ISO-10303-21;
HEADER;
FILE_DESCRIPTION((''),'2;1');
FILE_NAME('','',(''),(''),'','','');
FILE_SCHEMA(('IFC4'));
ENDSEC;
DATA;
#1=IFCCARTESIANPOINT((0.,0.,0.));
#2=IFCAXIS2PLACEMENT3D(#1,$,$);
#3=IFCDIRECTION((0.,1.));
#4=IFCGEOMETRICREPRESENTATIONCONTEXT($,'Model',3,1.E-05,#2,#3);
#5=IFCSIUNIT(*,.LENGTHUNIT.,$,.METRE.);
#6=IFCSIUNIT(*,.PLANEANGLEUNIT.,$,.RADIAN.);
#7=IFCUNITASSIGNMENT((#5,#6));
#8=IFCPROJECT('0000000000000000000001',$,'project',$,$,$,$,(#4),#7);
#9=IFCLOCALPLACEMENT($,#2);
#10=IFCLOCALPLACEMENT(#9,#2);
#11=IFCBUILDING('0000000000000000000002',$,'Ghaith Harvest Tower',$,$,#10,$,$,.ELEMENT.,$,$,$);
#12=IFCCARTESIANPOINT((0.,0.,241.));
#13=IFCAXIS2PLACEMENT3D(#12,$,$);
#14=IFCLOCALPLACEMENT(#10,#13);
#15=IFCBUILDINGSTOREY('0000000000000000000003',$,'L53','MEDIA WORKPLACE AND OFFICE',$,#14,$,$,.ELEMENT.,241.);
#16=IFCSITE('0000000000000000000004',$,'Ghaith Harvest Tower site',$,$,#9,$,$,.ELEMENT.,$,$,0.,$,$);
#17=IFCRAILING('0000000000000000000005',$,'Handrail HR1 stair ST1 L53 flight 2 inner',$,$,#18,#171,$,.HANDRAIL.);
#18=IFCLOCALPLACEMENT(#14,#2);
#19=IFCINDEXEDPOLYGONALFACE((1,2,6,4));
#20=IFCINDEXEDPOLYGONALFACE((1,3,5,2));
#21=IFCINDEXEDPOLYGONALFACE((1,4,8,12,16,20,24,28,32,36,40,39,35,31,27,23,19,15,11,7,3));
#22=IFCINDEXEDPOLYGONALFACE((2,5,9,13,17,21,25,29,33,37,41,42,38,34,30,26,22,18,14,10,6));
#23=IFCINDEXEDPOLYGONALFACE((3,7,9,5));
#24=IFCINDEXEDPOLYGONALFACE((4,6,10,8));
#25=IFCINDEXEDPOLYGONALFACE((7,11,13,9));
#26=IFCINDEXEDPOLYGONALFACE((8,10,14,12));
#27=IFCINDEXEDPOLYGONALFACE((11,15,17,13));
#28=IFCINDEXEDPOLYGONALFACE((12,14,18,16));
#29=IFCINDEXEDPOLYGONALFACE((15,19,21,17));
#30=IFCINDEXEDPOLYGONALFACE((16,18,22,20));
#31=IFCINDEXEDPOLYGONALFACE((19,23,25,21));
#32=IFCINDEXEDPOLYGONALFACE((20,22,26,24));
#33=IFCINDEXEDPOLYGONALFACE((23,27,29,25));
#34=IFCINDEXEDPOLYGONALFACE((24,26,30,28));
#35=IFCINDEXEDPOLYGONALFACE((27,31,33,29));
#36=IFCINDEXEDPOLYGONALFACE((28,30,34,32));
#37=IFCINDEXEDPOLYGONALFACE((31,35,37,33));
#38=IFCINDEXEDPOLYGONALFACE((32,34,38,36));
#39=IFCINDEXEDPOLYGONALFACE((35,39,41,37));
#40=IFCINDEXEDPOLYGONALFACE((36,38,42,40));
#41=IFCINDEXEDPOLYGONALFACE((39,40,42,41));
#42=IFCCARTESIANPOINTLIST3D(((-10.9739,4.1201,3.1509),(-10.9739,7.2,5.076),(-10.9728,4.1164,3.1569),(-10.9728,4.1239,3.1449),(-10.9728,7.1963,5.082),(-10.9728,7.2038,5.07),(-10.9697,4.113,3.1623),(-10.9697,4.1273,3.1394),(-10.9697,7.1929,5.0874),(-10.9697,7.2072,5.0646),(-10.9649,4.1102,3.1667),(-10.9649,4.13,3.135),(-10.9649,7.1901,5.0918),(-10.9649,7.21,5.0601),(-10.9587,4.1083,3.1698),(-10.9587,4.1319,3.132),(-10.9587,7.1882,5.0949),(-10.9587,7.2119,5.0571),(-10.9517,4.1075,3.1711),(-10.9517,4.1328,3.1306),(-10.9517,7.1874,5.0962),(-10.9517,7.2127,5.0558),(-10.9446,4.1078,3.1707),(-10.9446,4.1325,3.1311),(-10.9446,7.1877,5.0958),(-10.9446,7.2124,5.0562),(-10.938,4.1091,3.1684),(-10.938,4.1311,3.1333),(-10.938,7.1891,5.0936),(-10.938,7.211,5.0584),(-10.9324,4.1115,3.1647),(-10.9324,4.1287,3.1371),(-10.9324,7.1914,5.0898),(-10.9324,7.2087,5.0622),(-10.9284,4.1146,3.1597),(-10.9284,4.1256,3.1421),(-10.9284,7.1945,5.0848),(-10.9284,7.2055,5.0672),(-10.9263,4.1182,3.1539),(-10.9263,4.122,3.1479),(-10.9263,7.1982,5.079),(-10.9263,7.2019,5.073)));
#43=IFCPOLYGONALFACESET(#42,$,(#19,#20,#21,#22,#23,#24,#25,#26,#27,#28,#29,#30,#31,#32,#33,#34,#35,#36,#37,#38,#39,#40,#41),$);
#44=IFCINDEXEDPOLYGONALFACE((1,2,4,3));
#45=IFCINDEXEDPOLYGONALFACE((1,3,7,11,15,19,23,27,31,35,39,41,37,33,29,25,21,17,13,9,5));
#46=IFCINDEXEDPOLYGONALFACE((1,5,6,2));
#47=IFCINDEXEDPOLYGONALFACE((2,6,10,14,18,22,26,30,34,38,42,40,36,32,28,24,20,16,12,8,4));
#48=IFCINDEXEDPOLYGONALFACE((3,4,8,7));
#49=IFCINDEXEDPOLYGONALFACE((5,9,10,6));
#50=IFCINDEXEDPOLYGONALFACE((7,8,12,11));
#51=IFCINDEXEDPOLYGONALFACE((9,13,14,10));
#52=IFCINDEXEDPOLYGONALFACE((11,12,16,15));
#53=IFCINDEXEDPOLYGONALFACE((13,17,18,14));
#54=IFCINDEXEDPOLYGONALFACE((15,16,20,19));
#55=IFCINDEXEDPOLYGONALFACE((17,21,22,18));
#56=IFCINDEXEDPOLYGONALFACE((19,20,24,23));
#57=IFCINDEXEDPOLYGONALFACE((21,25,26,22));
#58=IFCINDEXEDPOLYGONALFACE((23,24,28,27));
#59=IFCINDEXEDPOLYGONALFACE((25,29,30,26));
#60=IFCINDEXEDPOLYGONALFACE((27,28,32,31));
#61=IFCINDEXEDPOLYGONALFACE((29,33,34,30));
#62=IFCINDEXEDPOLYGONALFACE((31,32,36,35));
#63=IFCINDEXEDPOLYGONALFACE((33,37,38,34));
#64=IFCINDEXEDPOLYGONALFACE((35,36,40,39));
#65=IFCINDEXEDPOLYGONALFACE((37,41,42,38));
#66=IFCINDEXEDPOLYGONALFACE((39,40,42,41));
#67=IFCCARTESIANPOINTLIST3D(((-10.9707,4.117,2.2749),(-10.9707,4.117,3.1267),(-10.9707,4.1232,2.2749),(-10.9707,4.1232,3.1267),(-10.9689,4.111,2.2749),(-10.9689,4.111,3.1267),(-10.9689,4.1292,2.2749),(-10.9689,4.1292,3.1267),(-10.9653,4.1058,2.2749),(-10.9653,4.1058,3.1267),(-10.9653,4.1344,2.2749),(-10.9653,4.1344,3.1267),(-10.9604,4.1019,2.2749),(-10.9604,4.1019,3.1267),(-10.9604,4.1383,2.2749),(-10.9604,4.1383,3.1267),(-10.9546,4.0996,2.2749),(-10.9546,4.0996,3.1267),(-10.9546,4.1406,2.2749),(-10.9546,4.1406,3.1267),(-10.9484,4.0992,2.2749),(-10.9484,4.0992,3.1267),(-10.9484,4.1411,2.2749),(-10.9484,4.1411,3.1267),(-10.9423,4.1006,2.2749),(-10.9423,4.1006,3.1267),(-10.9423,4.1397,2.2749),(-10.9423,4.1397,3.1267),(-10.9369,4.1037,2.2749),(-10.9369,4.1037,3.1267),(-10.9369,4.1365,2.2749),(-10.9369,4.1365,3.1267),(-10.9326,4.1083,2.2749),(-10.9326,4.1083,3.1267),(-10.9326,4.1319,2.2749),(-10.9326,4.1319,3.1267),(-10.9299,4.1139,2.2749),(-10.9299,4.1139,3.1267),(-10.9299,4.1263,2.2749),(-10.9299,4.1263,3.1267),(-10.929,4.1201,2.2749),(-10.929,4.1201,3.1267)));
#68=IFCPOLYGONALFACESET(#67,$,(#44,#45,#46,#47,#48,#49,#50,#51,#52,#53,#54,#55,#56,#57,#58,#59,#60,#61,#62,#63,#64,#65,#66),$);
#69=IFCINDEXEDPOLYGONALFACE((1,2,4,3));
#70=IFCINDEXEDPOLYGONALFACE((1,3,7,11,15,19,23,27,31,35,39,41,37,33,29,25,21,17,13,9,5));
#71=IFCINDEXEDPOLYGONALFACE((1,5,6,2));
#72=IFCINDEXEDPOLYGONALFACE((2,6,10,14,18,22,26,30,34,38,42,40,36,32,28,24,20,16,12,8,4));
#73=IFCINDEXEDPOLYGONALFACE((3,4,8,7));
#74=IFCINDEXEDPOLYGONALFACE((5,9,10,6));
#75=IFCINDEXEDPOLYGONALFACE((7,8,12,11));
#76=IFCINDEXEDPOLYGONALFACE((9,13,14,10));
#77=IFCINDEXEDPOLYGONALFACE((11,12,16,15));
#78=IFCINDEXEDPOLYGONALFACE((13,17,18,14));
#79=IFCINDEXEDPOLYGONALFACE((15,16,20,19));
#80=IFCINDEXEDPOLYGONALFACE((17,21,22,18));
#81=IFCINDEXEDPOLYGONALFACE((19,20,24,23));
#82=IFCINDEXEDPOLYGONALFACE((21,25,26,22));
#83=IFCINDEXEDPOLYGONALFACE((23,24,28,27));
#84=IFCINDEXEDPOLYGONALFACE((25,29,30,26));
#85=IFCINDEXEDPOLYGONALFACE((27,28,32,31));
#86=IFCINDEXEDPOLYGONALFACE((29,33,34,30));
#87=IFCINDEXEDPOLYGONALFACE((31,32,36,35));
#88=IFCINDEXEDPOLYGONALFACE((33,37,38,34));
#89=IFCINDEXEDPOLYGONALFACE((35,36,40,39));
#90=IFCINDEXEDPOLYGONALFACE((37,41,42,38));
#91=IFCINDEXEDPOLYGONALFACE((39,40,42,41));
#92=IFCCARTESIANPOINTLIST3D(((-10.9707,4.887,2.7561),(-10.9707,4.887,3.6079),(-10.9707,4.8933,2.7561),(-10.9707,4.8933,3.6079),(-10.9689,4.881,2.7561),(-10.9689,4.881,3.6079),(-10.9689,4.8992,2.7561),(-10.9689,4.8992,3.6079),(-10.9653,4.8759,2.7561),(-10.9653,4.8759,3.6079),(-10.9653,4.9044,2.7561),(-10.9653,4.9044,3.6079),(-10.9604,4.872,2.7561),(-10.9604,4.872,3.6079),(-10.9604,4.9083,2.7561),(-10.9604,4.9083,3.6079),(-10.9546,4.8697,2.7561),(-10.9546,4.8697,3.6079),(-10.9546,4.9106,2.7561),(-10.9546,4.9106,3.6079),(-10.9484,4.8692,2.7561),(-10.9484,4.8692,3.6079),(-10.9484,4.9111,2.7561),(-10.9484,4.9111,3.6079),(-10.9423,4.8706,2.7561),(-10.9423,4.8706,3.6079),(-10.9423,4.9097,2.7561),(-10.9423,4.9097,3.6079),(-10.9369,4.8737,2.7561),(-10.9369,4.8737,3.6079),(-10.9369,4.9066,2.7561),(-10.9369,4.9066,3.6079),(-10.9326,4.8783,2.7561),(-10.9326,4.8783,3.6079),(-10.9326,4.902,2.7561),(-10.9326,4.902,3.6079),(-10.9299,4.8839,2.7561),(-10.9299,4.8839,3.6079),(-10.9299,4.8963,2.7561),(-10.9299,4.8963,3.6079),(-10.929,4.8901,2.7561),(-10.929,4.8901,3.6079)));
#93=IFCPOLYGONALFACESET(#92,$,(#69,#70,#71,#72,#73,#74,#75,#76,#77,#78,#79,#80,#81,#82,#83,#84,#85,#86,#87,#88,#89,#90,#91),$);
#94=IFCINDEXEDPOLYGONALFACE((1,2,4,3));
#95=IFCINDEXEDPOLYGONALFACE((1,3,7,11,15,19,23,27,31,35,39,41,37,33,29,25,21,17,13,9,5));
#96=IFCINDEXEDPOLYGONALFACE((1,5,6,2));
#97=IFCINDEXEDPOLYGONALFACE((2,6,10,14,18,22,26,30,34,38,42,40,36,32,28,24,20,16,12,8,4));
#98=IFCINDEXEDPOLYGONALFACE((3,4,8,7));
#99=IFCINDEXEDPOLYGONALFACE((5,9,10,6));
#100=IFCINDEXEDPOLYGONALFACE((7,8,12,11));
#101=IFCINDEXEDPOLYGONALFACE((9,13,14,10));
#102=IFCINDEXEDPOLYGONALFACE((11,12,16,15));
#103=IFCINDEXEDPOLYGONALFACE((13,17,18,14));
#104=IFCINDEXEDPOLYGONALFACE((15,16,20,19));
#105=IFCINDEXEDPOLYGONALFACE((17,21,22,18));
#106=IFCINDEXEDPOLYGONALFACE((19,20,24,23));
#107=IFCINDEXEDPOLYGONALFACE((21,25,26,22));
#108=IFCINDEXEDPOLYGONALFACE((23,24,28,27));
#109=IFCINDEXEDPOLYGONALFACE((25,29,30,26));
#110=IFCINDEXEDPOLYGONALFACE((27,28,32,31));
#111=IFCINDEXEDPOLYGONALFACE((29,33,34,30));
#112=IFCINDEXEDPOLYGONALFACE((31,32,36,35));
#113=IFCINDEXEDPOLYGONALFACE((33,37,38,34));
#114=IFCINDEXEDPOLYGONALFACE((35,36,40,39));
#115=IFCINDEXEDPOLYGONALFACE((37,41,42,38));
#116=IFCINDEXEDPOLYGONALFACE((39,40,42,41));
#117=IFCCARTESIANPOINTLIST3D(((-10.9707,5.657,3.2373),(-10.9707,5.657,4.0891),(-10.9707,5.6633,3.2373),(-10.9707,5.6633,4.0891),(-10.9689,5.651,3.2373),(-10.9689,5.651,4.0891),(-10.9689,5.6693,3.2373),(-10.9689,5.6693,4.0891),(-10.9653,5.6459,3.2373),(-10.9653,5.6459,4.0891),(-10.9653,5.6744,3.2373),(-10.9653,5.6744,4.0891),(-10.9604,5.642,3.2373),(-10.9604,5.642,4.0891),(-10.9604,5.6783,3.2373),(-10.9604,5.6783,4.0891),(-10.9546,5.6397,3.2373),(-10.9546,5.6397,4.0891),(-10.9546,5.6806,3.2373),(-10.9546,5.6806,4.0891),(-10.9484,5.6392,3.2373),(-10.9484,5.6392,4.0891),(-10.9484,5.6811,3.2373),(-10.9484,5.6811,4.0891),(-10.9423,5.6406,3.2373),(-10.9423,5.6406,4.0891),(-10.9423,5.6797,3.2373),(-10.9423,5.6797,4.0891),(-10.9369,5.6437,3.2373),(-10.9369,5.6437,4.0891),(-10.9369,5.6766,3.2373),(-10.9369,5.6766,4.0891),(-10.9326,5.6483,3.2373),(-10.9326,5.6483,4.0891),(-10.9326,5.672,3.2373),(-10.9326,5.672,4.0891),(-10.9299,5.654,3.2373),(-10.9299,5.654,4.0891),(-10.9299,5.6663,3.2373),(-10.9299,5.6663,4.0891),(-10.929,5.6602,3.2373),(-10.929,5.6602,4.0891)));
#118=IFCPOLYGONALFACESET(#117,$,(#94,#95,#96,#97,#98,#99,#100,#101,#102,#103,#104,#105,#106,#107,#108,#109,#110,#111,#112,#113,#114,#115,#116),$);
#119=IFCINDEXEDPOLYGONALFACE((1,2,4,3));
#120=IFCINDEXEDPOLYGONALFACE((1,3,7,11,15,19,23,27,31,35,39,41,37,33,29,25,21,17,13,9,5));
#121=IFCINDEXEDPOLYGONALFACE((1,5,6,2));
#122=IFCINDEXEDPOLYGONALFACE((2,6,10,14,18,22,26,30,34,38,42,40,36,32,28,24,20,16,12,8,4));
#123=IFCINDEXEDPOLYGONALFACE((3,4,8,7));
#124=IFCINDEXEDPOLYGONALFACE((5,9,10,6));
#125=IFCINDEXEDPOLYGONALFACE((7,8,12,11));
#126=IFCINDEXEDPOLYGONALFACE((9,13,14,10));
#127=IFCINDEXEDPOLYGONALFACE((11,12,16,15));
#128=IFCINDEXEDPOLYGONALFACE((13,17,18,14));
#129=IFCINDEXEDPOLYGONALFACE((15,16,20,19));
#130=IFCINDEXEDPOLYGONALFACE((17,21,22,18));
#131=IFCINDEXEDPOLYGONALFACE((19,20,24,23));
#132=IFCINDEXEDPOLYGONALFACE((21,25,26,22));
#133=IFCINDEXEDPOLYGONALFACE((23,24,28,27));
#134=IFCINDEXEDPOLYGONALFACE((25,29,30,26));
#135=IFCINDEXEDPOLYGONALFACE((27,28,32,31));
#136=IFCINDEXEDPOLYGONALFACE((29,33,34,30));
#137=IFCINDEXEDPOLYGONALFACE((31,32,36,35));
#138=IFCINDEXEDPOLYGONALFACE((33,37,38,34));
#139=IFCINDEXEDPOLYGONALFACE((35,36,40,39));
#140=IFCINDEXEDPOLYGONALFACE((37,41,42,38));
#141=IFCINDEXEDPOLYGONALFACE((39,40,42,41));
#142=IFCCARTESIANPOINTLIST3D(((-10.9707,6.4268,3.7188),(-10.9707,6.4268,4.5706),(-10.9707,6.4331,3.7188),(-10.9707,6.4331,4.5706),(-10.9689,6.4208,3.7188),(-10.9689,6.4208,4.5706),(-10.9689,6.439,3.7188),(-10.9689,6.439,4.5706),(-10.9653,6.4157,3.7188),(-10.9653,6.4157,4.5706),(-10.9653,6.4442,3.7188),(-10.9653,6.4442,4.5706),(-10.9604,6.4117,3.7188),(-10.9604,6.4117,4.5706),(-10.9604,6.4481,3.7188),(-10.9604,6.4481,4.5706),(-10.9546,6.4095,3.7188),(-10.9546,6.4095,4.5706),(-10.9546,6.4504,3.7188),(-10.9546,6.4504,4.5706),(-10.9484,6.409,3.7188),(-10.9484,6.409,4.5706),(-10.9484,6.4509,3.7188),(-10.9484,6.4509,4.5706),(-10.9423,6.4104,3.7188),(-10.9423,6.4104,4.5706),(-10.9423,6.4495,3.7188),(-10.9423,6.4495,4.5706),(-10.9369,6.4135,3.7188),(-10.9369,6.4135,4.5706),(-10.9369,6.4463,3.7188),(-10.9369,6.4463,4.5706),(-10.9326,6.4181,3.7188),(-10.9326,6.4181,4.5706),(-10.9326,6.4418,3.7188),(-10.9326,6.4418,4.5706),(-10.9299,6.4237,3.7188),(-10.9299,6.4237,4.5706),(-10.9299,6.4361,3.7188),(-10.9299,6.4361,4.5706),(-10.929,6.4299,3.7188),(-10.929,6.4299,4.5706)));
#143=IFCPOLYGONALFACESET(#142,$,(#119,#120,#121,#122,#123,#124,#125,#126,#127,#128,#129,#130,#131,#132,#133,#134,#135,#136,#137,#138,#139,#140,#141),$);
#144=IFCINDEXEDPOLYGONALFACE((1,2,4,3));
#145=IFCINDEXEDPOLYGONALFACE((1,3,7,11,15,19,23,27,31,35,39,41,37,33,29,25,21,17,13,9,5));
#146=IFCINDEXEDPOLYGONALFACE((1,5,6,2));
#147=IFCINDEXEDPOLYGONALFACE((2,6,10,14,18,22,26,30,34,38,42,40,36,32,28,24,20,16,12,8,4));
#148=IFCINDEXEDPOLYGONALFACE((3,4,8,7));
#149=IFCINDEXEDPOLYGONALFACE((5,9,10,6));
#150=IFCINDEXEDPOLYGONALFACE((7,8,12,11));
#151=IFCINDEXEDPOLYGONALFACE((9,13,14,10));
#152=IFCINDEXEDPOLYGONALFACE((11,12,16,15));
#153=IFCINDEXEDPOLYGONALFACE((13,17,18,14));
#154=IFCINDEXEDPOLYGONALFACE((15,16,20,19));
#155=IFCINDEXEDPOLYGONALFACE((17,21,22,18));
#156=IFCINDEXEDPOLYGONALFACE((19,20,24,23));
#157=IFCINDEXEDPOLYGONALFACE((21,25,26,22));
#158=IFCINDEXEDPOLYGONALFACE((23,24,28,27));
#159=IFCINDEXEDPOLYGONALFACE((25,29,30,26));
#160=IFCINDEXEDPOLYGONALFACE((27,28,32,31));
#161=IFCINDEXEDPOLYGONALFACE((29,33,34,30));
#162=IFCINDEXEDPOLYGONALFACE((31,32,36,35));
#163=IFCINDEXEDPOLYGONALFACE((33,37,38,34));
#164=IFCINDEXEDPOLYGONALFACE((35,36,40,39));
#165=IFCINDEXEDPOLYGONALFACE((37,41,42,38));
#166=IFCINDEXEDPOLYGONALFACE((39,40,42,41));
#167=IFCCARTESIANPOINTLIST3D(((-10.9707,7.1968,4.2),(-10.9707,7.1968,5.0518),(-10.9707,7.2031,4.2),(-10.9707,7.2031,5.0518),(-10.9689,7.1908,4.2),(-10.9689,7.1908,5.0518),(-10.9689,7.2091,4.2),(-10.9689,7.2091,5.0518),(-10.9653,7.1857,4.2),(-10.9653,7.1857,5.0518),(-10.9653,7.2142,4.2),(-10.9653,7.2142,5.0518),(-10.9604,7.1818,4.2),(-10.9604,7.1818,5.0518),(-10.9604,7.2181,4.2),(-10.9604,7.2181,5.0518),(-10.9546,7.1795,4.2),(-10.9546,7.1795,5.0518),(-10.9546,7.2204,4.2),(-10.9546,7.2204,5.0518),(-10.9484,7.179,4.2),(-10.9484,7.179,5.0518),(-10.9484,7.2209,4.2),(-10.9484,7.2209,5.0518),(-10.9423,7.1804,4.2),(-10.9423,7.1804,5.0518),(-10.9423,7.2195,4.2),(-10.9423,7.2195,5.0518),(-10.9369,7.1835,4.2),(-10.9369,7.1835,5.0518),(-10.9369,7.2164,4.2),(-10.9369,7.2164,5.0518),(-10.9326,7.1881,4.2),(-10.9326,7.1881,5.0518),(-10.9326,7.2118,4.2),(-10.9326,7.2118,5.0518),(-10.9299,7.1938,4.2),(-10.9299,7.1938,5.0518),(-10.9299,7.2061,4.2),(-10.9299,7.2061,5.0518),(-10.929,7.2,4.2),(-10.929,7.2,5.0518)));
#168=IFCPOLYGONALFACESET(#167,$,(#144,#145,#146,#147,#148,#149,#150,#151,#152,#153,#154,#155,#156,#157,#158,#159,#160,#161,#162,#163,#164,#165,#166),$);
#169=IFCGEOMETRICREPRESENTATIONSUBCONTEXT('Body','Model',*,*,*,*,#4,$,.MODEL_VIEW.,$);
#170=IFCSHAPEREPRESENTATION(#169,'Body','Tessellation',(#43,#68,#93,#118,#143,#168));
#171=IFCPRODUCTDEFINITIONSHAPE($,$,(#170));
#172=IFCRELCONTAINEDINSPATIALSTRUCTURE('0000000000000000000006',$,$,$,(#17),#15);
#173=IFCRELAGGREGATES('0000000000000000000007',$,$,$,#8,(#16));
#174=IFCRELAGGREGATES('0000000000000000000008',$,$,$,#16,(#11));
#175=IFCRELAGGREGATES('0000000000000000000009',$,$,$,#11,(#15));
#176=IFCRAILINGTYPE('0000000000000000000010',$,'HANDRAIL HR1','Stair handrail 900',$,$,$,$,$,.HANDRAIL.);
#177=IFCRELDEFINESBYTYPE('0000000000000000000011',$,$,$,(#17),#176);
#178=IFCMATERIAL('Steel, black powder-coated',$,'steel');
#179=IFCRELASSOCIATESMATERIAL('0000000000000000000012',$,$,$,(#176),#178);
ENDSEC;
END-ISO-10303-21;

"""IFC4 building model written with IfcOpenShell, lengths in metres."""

from ifc_helpers import new_model, si_unit, direction, frame, origin, origin_2d, place, context, subcontext, project, spatial, circle, extrude, material, type_object, element, save


model = new_model("IFC4")

# Units and contexts
model_context = context("Model", 3, precision=1e-05, world=origin(), true_north=direction((0.0, 1.0)))
body_context = subcontext(model_context, "Body", "Model", "MODEL_VIEW")
ifc_project = project(units=[si_unit("LENGTHUNIT", "METRE"), si_unit("PLANEANGLEUNIT", "RADIAN")], contexts=[model_context])

# Site, building, storey
site_placement = place(None, origin())
site = spatial("IfcSite", under=ifc_project, at=site_placement, Name="Ghaith Harvest Tower site", CompositionType="ELEMENT", RefElevation=0.0)
building_placement = place(site_placement, origin())
building = spatial("IfcBuilding", under=site, at=building_placement, Name="Ghaith Harvest Tower", CompositionType="ELEMENT")
storey_placement = place(building_placement, frame((0.0, 0.0, 241.0)))
storey = spatial("IfcBuildingStorey", under=building, at=storey_placement, Name="L53", Description="MEDIA WORKPLACE AND OFFICE", CompositionType="ELEMENT", Elevation=241.0)

# Railing
ifc_material_1 = material(Name="Steel, black powder-coated", Category="steel")
railing_type = type_object("IfcRailingType", Name="HANDRAIL HR1", Description="Stair handrail 900", PredefinedType="HANDRAIL", material=ifc_material_1)
railing_1_placement = place(storey_placement, frame((-10.95, 4.1201, 2.2749)))
element("IfcRailing", 1, at=railing_1_placement, inside=storey, type_object=railing_type, Name="Handrail HR1 stair ST1 L53 flight 2 inner", PredefinedType="HANDRAIL", context=body_context, shape_type="SweptSolid", body=[
    extrude(circle(Radius=0.0239, at=origin_2d()), frame((0.0, 0.0, 0.876), z_axis=(0.0, 0.847979, 0.530029), x_axis=(-1.0, 0.0, 0.0)), (0.0, 0.0, 1.0), 3.6321),
    extrude(circle(Radius=0.021, at=origin_2d()), origin(), (0.0, 0.0, 1.0), 0.8518),
    extrude(circle(Radius=0.021, at=origin_2d()), frame((0.0, 0.77, 0.4812)), (0.0, 0.0, 1.0), 0.8518),
    extrude(circle(Radius=0.021, at=origin_2d()), frame((0.0, 1.54, 0.9624)), (0.0, 0.0, 1.0), 0.8518),
    extrude(circle(Radius=0.021, at=origin_2d()), frame((0.0, 2.3098, 1.4438)), (0.0, 0.0, 1.0), 0.8518),
    extrude(circle(Radius=0.021, at=origin_2d()), frame((0.0, 3.0798, 1.925)), (0.0, 0.0, 1.0), 0.8518),
])

save(model, "model.ifc")
